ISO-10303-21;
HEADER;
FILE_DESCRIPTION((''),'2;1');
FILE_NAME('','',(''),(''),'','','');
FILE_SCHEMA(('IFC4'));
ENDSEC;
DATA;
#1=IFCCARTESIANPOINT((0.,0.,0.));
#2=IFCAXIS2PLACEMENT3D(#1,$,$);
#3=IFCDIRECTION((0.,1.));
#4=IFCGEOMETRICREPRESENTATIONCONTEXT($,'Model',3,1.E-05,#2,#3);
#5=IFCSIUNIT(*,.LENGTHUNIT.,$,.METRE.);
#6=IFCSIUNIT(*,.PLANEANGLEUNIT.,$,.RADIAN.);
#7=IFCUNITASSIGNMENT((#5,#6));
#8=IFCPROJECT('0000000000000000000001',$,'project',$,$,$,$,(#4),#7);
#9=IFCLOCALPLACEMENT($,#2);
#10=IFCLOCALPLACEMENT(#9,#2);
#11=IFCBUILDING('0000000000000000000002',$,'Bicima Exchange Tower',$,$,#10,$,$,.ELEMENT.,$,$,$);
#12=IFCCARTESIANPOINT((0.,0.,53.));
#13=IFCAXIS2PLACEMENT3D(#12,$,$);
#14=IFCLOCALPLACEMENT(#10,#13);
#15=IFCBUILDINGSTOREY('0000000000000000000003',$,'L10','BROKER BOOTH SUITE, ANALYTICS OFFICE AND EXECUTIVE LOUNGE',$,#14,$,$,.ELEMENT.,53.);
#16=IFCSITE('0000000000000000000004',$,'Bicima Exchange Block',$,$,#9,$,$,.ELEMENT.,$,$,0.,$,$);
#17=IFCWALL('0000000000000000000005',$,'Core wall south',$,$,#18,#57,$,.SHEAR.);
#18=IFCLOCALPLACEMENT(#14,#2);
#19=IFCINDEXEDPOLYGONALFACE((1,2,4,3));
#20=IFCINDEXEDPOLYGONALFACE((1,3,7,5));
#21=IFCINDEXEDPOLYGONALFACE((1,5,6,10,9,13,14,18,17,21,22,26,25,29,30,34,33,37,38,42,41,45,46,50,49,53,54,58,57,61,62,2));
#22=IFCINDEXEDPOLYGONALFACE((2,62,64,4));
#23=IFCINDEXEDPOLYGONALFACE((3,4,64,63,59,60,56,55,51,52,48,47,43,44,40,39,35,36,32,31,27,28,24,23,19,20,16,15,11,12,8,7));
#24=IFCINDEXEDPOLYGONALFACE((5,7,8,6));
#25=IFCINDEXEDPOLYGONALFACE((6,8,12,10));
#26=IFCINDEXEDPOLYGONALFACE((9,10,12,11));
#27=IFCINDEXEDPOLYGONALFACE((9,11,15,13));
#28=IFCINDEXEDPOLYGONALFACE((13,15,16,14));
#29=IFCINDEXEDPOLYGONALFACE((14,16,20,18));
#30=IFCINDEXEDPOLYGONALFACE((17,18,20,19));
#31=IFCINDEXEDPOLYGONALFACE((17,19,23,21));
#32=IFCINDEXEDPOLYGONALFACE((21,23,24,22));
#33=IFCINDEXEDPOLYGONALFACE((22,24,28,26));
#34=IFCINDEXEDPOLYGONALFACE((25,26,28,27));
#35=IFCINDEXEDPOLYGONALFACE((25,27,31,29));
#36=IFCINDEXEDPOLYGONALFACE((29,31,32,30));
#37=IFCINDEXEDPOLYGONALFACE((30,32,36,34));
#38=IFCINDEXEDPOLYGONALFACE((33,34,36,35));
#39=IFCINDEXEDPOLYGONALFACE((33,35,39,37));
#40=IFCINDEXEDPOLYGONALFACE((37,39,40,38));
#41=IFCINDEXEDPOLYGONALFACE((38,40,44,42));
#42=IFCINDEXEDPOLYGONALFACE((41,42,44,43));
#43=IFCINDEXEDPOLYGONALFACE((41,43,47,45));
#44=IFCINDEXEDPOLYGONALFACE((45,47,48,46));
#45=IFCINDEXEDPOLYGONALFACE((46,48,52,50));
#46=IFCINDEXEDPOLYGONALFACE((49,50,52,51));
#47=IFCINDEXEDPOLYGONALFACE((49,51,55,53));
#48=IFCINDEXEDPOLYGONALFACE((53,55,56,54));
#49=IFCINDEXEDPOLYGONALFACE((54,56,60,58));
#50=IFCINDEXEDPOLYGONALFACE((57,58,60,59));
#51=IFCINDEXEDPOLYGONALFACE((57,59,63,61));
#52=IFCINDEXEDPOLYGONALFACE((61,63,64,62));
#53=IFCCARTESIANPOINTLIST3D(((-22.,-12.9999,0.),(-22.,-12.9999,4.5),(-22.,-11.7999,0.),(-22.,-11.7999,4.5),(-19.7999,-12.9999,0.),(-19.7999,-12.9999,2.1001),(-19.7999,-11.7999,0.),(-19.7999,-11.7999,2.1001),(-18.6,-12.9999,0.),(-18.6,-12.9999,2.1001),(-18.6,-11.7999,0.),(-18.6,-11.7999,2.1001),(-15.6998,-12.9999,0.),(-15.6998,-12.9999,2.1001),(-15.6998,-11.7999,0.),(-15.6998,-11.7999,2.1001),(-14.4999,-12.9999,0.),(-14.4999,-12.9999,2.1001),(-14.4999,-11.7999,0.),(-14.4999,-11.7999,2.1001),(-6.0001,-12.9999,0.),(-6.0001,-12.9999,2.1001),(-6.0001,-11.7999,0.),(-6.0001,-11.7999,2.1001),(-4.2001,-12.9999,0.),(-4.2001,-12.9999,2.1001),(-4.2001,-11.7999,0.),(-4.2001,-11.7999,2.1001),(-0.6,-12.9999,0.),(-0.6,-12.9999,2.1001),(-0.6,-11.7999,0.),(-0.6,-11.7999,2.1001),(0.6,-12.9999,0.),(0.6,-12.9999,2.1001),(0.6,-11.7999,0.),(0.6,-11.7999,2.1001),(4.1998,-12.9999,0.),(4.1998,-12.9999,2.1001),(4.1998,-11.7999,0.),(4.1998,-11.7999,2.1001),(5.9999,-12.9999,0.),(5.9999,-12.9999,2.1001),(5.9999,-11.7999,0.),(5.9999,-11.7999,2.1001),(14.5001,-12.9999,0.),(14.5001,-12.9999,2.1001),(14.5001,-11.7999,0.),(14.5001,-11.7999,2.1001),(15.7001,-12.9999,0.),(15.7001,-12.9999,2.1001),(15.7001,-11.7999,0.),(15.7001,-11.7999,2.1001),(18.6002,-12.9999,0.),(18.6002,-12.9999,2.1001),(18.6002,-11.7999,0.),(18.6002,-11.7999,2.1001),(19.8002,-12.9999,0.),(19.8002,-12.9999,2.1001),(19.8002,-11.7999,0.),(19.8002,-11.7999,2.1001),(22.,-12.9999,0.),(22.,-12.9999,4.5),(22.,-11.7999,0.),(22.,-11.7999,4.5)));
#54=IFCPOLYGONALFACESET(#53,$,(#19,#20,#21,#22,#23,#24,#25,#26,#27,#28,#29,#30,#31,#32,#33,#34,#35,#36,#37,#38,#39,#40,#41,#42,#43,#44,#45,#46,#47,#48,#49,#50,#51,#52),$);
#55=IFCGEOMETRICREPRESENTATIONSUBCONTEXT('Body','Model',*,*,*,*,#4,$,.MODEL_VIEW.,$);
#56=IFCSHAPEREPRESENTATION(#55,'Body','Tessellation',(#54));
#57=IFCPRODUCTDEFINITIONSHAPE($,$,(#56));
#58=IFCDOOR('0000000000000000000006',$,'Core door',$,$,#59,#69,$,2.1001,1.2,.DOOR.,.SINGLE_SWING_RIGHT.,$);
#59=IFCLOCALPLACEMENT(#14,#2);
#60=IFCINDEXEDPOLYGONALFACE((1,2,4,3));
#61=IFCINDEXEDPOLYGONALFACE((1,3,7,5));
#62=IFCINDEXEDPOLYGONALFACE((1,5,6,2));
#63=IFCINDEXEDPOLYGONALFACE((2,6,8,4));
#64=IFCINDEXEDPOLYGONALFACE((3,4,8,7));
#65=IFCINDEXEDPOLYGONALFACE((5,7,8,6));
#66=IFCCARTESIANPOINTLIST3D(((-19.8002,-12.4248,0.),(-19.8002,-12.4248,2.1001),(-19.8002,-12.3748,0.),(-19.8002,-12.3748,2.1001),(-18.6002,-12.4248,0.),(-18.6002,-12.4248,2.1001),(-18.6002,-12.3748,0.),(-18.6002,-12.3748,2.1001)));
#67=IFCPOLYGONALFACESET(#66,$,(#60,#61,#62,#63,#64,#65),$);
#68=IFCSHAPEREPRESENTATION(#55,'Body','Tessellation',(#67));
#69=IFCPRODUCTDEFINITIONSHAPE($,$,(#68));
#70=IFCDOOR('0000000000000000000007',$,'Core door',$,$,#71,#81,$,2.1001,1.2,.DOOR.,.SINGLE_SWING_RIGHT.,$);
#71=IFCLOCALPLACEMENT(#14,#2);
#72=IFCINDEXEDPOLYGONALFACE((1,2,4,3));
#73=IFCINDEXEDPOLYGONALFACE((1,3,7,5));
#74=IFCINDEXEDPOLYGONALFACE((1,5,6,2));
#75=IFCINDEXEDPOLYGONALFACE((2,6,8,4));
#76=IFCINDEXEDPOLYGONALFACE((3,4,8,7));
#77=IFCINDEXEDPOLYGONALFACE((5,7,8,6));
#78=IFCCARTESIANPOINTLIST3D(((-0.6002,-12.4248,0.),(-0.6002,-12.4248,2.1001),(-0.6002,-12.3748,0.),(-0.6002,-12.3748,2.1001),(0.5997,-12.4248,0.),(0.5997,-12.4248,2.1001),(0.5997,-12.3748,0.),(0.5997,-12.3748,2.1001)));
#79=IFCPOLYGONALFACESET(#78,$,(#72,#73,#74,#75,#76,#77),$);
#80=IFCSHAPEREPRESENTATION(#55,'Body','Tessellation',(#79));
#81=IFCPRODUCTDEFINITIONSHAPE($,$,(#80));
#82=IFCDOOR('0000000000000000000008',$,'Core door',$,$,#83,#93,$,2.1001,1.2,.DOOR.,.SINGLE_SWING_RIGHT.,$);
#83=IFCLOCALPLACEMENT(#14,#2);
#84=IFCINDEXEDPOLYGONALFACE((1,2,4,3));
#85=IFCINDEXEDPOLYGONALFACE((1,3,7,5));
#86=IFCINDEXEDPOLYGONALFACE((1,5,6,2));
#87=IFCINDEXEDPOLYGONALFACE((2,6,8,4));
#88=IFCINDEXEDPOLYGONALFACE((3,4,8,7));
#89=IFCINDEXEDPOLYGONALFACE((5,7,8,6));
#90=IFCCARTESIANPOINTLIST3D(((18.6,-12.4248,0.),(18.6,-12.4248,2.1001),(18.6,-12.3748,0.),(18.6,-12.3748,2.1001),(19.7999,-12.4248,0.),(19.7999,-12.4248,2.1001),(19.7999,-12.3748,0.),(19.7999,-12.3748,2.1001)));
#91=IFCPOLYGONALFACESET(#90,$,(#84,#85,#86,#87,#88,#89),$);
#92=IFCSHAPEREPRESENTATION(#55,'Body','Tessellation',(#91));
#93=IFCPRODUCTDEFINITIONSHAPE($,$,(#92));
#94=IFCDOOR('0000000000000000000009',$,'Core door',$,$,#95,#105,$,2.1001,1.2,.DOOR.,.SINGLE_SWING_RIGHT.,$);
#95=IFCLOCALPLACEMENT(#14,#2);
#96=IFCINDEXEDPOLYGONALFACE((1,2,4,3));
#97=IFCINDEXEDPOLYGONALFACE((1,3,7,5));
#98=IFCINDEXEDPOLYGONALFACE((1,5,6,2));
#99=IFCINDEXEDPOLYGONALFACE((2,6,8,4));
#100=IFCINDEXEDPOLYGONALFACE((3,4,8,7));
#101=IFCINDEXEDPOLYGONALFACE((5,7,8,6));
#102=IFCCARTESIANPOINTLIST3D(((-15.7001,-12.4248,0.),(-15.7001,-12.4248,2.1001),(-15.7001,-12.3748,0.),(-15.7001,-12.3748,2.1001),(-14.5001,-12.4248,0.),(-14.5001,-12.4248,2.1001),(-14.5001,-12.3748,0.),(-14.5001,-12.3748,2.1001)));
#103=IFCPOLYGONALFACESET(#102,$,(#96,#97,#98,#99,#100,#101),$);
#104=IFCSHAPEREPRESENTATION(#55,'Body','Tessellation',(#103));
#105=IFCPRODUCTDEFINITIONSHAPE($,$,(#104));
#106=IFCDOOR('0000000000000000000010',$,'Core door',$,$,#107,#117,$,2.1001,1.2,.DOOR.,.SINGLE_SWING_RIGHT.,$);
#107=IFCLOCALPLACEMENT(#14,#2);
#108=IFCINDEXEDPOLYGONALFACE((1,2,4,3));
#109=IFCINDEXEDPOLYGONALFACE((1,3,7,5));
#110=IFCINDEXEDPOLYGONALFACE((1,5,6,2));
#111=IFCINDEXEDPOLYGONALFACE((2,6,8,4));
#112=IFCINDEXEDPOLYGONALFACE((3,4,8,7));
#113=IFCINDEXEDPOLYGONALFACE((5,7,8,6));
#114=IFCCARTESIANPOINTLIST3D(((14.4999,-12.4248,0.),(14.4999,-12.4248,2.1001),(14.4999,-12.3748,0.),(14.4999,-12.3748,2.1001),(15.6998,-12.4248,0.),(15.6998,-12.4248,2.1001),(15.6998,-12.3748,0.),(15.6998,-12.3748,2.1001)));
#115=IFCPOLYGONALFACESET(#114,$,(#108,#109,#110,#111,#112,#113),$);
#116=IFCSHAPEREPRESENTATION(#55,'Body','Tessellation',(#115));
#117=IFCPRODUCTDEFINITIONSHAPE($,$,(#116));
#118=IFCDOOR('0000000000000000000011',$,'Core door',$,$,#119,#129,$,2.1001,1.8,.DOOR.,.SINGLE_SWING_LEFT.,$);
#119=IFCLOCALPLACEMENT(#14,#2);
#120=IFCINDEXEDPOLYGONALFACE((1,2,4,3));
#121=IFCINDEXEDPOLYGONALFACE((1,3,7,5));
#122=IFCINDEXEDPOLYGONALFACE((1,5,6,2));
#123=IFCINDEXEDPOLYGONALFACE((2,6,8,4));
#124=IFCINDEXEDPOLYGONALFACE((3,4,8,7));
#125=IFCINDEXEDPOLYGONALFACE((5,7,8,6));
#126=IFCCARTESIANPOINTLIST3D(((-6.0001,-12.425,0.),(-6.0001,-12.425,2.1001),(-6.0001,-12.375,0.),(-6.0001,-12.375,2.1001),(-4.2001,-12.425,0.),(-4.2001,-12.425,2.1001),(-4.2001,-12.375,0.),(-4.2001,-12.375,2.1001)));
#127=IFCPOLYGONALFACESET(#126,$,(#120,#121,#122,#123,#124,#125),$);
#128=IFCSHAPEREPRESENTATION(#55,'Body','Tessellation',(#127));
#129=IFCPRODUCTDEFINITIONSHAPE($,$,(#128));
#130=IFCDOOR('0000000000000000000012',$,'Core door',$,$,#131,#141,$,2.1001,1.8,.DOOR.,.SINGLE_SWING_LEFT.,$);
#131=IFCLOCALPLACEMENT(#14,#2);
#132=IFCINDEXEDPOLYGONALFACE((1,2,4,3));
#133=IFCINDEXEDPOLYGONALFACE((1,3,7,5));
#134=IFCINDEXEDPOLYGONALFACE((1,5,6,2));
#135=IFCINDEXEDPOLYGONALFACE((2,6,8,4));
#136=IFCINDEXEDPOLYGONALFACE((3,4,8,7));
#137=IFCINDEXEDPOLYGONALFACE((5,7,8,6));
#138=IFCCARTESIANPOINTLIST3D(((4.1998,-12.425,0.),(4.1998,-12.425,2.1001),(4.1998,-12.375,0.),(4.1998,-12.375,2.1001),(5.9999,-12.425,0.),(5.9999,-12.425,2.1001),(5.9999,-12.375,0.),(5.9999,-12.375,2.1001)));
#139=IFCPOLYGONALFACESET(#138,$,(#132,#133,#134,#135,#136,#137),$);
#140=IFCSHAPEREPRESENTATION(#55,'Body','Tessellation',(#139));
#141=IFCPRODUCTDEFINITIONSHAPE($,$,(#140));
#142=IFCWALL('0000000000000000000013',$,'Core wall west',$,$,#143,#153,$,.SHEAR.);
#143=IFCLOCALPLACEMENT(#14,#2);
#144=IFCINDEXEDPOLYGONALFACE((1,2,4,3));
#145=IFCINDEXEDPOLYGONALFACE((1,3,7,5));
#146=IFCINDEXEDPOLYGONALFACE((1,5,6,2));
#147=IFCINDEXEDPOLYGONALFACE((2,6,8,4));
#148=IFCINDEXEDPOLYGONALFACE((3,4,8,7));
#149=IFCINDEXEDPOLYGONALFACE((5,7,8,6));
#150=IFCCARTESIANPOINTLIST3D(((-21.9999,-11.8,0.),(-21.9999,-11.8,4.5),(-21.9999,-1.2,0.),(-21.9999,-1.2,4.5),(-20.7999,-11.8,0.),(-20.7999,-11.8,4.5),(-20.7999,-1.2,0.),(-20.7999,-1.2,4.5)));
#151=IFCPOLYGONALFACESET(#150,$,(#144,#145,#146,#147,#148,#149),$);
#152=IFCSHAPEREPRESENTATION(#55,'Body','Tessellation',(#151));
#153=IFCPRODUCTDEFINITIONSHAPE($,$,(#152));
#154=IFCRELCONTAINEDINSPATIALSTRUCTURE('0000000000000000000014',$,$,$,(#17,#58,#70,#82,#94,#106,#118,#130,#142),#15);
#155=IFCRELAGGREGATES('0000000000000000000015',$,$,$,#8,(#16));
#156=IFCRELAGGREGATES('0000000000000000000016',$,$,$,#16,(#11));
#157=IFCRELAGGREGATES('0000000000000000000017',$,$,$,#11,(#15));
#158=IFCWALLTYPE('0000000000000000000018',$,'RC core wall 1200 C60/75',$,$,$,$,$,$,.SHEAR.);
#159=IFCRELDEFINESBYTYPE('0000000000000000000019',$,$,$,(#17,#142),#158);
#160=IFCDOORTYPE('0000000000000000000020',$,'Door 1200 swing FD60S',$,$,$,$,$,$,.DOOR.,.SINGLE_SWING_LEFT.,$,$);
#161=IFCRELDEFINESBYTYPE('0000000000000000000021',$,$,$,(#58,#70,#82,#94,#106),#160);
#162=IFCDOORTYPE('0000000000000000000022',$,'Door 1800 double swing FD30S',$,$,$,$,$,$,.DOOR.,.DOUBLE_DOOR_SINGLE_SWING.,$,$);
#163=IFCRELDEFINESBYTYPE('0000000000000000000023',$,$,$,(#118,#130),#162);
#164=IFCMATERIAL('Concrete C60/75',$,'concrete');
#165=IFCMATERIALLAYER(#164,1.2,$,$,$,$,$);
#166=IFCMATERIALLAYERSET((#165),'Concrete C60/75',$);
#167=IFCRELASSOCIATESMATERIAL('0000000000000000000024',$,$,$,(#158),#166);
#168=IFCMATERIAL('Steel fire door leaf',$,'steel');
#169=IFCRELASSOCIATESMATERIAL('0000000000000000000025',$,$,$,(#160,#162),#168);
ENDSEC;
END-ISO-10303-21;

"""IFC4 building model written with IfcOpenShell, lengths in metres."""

from ifc_helpers import new_model, si_unit, direction, frame, frame_2d, origin, place, context, subcontext, project, spatial, rectangle, extrude, material, layer, layer_set, type_object, element, fill, save


model = new_model("IFC4")

# Units and contexts
model_context = context("Model", 3, precision=1e-05, world=origin(), true_north=direction((0.0, 1.0)))
body_context = subcontext(model_context, "Body", "Model", "MODEL_VIEW")
ifc_project = project(units=[si_unit("LENGTHUNIT", "METRE"), si_unit("PLANEANGLEUNIT", "RADIAN")], contexts=[model_context])

# Site, building, storey
site_placement = place(None, origin())
site = spatial("IfcSite", under=ifc_project, at=site_placement, Name="Bicima Exchange Block", CompositionType="ELEMENT", RefElevation=0.0)
building_placement = place(site_placement, origin())
building = spatial("IfcBuilding", under=site, at=building_placement, Name="Bicima Exchange Tower", CompositionType="ELEMENT")
storey_placement = place(building_placement, frame((0.0, 0.0, 53.0)))
storey = spatial("IfcBuildingStorey", under=building, at=storey_placement, Name="L10", Description="BROKER BOOTH SUITE, ANALYTICS OFFICE AND EXECUTIVE LOUNGE", CompositionType="ELEMENT", Elevation=53.0)

# Shared definitions
ifc_material_1 = material(Name="Steel fire door leaf", Category="steel")

# Wall, openings, doors
ifc_material_2 = material(Name="Concrete C60/75", Category="concrete")
ifc_layer_1 = layer(ifc_material_2, 1.2)
ifc_layer_set_1 = layer_set([ifc_layer_1], Name="Concrete C60/75")
wall_type_1 = type_object("IfcWallType", Name="RC core wall 1200 C60/75", PredefinedType="SHEAR", material=ifc_layer_set_1)
wall_1_placement = place(storey_placement, frame((-22.0, -12.3999, 0.0), z_axis=(0.0, 0.0, 1.0), x_axis=(1.0, 0.0, 0.0)))
wall_1 = element("IfcWall", 1, at=wall_1_placement, inside=storey, type_object=wall_type_1, Name="Core wall south", PredefinedType="SHEAR", context=body_context, shape_type="SweptSolid", body=[
    extrude(rectangle(XDim=44.0, YDim=1.2, at=frame_2d((22.0, 0.0))), origin(), (0.0, 0.0, 1.0), 4.5),
])
opening_1_placement = place(wall_1_placement, frame((2.2, 0.0, 0.0)))
opening_1 = element("IfcOpeningElement", 2, at=opening_1_placement, cuts=wall_1, PredefinedType="OPENING", context=body_context, shape_type="SweptSolid", body=[
    extrude(rectangle(XDim=1.2, YDim=2.1001, at=frame_2d((0.6001, 1.05))), frame((0.0, 0.6118, 0.0), z_axis=(0.0, -1.0, 0.0), x_axis=(1.0, 0.0, 0.0)), (0.0, 0.0, 1.0), 1.2239),
])
opening_2_placement = place(wall_1_placement, frame((21.3999, 0.0, 0.0)))
opening_2 = element("IfcOpeningElement", 3, at=opening_2_placement, cuts=wall_1, PredefinedType="OPENING", context=body_context, shape_type="SweptSolid", body=[
    extrude(rectangle(XDim=1.2, YDim=2.1001, at=frame_2d((0.6001, 1.05))), frame((0.0, 0.6118, 0.0), z_axis=(0.0, -1.0, 0.0), x_axis=(1.0, 0.0, 0.0)), (0.0, 0.0, 1.0), 1.2239),
])
opening_3_placement = place(wall_1_placement, frame((40.6001, 0.0, 0.0)))
opening_3 = element("IfcOpeningElement", 4, at=opening_3_placement, cuts=wall_1, PredefinedType="OPENING", context=body_context, shape_type="SweptSolid", body=[
    extrude(rectangle(XDim=1.2, YDim=2.1001, at=frame_2d((0.6001, 1.05))), frame((0.0, 0.6118, 0.0), z_axis=(0.0, -1.0, 0.0), x_axis=(1.0, 0.0, 0.0)), (0.0, 0.0, 1.0), 1.2239),
])
opening_4_placement = place(wall_1_placement, frame((16.0, 0.0, 0.0)))
opening_4 = element("IfcOpeningElement", 5, at=opening_4_placement, cuts=wall_1, PredefinedType="OPENING", context=body_context, shape_type="SweptSolid", body=[
    extrude(rectangle(XDim=1.8, YDim=2.1001, at=frame_2d((0.8999, 1.05))), frame((0.0, 0.6118, 0.0), z_axis=(0.0, -1.0, 0.0), x_axis=(1.0, 0.0, 0.0)), (0.0, 0.0, 1.0), 1.2239),
])
opening_5_placement = place(wall_1_placement, frame((6.3, 0.0, 0.0)))
opening_5 = element("IfcOpeningElement", 6, at=opening_5_placement, cuts=wall_1, PredefinedType="OPENING", context=body_context, shape_type="SweptSolid", body=[
    extrude(rectangle(XDim=1.2, YDim=2.1001, at=frame_2d((0.6001, 1.05))), frame((0.0, 0.6118, 0.0), z_axis=(0.0, -1.0, 0.0), x_axis=(1.0, 0.0, 0.0)), (0.0, 0.0, 1.0), 1.2239),
])
opening_6_placement = place(wall_1_placement, frame((26.2, 0.0, 0.0)))
opening_6 = element("IfcOpeningElement", 7, at=opening_6_placement, cuts=wall_1, PredefinedType="OPENING", context=body_context, shape_type="SweptSolid", body=[
    extrude(rectangle(XDim=1.8, YDim=2.1001, at=frame_2d((0.8999, 1.05))), frame((0.0, 0.6118, 0.0), z_axis=(0.0, -1.0, 0.0), x_axis=(1.0, 0.0, 0.0)), (0.0, 0.0, 1.0), 1.2239),
])
opening_7_placement = place(wall_1_placement, frame((36.5, 0.0, 0.0)))
opening_7 = element("IfcOpeningElement", 8, at=opening_7_placement, cuts=wall_1, PredefinedType="OPENING", context=body_context, shape_type="SweptSolid", body=[
    extrude(rectangle(XDim=1.2, YDim=2.1001, at=frame_2d((0.6001, 1.05))), frame((0.0, 0.6118, 0.0), z_axis=(0.0, -1.0, 0.0), x_axis=(1.0, 0.0, 0.0)), (0.0, 0.0, 1.0), 1.2239),
])
door_type_1 = type_object("IfcDoorType", Name="Door 1200 swing FD60S", OperationType="SINGLE_SWING_LEFT", PredefinedType="DOOR", material=ifc_material_1)
door_1_placement = place(opening_1_placement, frame((1.2, 0.0, 0.0), z_axis=(0.0, 0.0, 1.0), x_axis=(-1.0, 0.0, 0.0)))
door_1 = element("IfcDoor", 9, at=door_1_placement, inside=storey, type_object=door_type_1, Name="Core door", OperationType="SINGLE_SWING_RIGHT", OverallHeight=2.1001, OverallWidth=1.2, PredefinedType="DOOR", context=body_context, shape_type="SweptSolid", body=[
    extrude(rectangle(XDim=1.2, YDim=2.1001, at=frame_2d((0.6001, 1.05))), frame((0.0, 0.0249, 0.0), z_axis=(0.0, -1.0, 0.0), x_axis=(1.0, 0.0, 0.0)), (0.0, 0.0, 1.0), 0.05),
])
fill(opening_1, door_1)
door_2_placement = place(opening_2_placement, frame((1.2, 0.0, 0.0), z_axis=(0.0, 0.0, 1.0), x_axis=(-1.0, 0.0, 0.0)))
door_2 = element("IfcDoor", 10, at=door_2_placement, inside=storey, type_object=door_type_1, Name="Core door", OperationType="SINGLE_SWING_RIGHT", OverallHeight=2.1001, OverallWidth=1.2, PredefinedType="DOOR", context=body_context, shape_type="SweptSolid", body=[
    extrude(rectangle(XDim=1.2, YDim=2.1001, at=frame_2d((0.6001, 1.05))), frame((0.0, 0.0249, 0.0), z_axis=(0.0, -1.0, 0.0), x_axis=(1.0, 0.0, 0.0)), (0.0, 0.0, 1.0), 0.05),
])
fill(opening_2, door_2)
door_3_placement = place(opening_3_placement, frame((1.2, 0.0, 0.0), z_axis=(0.0, 0.0, 1.0), x_axis=(-1.0, 0.0, 0.0)))
door_3 = element("IfcDoor", 11, at=door_3_placement, inside=storey, type_object=door_type_1, Name="Core door", OperationType="SINGLE_SWING_RIGHT", OverallHeight=2.1001, OverallWidth=1.2, PredefinedType="DOOR", context=body_context, shape_type="SweptSolid", body=[
    extrude(rectangle(XDim=1.2, YDim=2.1001, at=frame_2d((0.6001, 1.05))), frame((0.0, 0.0249, 0.0), z_axis=(0.0, -1.0, 0.0), x_axis=(1.0, 0.0, 0.0)), (0.0, 0.0, 1.0), 0.05),
])
fill(opening_3, door_3)
door_4_placement = place(opening_5_placement, frame((1.2, 0.0, 0.0), z_axis=(0.0, 0.0, 1.0), x_axis=(-1.0, 0.0, 0.0)))
door_4 = element("IfcDoor", 12, at=door_4_placement, inside=storey, type_object=door_type_1, Name="Core door", OperationType="SINGLE_SWING_RIGHT", OverallHeight=2.1001, OverallWidth=1.2, PredefinedType="DOOR", context=body_context, shape_type="SweptSolid", body=[
    extrude(rectangle(XDim=1.2, YDim=2.1001, at=frame_2d((0.6001, 1.05))), frame((0.0, 0.0249, 0.0), z_axis=(0.0, -1.0, 0.0), x_axis=(1.0, 0.0, 0.0)), (0.0, 0.0, 1.0), 0.05),
])
fill(opening_5, door_4)
door_5_placement = place(opening_7_placement, frame((1.2, 0.0, 0.0), z_axis=(0.0, 0.0, 1.0), x_axis=(-1.0, 0.0, 0.0)))
door_5 = element("IfcDoor", 13, at=door_5_placement, inside=storey, type_object=door_type_1, Name="Core door", OperationType="SINGLE_SWING_RIGHT", OverallHeight=2.1001, OverallWidth=1.2, PredefinedType="DOOR", context=body_context, shape_type="SweptSolid", body=[
    extrude(rectangle(XDim=1.2, YDim=2.1001, at=frame_2d((0.6001, 1.05))), frame((0.0, 0.0249, 0.0), z_axis=(0.0, -1.0, 0.0), x_axis=(1.0, 0.0, 0.0)), (0.0, 0.0, 1.0), 0.05),
])
fill(opening_7, door_5)
door_type_2 = type_object("IfcDoorType", Name="Door 1800 double swing FD30S", OperationType="DOUBLE_DOOR_SINGLE_SWING", PredefinedType="DOOR", material=ifc_material_1)
door_6_placement = place(opening_4_placement, origin())
door_6 = element("IfcDoor", 14, at=door_6_placement, inside=storey, type_object=door_type_2, Name="Core door", OperationType="SINGLE_SWING_LEFT", OverallHeight=2.1001, OverallWidth=1.8, PredefinedType="DOOR", context=body_context, shape_type="SweptSolid", body=[
    extrude(rectangle(XDim=1.8, YDim=2.1001, at=frame_2d((0.8999, 1.05))), frame((0.0, 0.0249, 0.0), z_axis=(0.0, -1.0, 0.0), x_axis=(1.0, 0.0, 0.0)), (0.0, 0.0, 1.0), 0.05),
])
fill(opening_4, door_6)
door_7_placement = place(opening_6_placement, origin())
door_7 = element("IfcDoor", 15, at=door_7_placement, inside=storey, type_object=door_type_2, Name="Core door", OperationType="SINGLE_SWING_LEFT", OverallHeight=2.1001, OverallWidth=1.8, PredefinedType="DOOR", context=body_context, shape_type="SweptSolid", body=[
    extrude(rectangle(XDim=1.8, YDim=2.1001, at=frame_2d((0.8999, 1.05))), frame((0.0, 0.0249, 0.0), z_axis=(0.0, -1.0, 0.0), x_axis=(1.0, 0.0, 0.0)), (0.0, 0.0, 1.0), 0.05),
])
fill(opening_6, door_7)

# Wall
wall_2_placement = place(storey_placement, frame((-21.3999, -11.8, 0.0), z_axis=(0.0, 0.0, 1.0), x_axis=(0.0, 1.0, 0.0)))
element("IfcWall", 16, at=wall_2_placement, inside=storey, type_object=wall_type_1, Name="Core wall west", PredefinedType="SHEAR", context=body_context, shape_type="SweptSolid", body=[
    extrude(rectangle(XDim=10.6001, YDim=1.2, at=frame_2d((5.3, 0.0))), origin(), (0.0, 0.0, 1.0), 4.5),
])

save(model, "model.ifc")
